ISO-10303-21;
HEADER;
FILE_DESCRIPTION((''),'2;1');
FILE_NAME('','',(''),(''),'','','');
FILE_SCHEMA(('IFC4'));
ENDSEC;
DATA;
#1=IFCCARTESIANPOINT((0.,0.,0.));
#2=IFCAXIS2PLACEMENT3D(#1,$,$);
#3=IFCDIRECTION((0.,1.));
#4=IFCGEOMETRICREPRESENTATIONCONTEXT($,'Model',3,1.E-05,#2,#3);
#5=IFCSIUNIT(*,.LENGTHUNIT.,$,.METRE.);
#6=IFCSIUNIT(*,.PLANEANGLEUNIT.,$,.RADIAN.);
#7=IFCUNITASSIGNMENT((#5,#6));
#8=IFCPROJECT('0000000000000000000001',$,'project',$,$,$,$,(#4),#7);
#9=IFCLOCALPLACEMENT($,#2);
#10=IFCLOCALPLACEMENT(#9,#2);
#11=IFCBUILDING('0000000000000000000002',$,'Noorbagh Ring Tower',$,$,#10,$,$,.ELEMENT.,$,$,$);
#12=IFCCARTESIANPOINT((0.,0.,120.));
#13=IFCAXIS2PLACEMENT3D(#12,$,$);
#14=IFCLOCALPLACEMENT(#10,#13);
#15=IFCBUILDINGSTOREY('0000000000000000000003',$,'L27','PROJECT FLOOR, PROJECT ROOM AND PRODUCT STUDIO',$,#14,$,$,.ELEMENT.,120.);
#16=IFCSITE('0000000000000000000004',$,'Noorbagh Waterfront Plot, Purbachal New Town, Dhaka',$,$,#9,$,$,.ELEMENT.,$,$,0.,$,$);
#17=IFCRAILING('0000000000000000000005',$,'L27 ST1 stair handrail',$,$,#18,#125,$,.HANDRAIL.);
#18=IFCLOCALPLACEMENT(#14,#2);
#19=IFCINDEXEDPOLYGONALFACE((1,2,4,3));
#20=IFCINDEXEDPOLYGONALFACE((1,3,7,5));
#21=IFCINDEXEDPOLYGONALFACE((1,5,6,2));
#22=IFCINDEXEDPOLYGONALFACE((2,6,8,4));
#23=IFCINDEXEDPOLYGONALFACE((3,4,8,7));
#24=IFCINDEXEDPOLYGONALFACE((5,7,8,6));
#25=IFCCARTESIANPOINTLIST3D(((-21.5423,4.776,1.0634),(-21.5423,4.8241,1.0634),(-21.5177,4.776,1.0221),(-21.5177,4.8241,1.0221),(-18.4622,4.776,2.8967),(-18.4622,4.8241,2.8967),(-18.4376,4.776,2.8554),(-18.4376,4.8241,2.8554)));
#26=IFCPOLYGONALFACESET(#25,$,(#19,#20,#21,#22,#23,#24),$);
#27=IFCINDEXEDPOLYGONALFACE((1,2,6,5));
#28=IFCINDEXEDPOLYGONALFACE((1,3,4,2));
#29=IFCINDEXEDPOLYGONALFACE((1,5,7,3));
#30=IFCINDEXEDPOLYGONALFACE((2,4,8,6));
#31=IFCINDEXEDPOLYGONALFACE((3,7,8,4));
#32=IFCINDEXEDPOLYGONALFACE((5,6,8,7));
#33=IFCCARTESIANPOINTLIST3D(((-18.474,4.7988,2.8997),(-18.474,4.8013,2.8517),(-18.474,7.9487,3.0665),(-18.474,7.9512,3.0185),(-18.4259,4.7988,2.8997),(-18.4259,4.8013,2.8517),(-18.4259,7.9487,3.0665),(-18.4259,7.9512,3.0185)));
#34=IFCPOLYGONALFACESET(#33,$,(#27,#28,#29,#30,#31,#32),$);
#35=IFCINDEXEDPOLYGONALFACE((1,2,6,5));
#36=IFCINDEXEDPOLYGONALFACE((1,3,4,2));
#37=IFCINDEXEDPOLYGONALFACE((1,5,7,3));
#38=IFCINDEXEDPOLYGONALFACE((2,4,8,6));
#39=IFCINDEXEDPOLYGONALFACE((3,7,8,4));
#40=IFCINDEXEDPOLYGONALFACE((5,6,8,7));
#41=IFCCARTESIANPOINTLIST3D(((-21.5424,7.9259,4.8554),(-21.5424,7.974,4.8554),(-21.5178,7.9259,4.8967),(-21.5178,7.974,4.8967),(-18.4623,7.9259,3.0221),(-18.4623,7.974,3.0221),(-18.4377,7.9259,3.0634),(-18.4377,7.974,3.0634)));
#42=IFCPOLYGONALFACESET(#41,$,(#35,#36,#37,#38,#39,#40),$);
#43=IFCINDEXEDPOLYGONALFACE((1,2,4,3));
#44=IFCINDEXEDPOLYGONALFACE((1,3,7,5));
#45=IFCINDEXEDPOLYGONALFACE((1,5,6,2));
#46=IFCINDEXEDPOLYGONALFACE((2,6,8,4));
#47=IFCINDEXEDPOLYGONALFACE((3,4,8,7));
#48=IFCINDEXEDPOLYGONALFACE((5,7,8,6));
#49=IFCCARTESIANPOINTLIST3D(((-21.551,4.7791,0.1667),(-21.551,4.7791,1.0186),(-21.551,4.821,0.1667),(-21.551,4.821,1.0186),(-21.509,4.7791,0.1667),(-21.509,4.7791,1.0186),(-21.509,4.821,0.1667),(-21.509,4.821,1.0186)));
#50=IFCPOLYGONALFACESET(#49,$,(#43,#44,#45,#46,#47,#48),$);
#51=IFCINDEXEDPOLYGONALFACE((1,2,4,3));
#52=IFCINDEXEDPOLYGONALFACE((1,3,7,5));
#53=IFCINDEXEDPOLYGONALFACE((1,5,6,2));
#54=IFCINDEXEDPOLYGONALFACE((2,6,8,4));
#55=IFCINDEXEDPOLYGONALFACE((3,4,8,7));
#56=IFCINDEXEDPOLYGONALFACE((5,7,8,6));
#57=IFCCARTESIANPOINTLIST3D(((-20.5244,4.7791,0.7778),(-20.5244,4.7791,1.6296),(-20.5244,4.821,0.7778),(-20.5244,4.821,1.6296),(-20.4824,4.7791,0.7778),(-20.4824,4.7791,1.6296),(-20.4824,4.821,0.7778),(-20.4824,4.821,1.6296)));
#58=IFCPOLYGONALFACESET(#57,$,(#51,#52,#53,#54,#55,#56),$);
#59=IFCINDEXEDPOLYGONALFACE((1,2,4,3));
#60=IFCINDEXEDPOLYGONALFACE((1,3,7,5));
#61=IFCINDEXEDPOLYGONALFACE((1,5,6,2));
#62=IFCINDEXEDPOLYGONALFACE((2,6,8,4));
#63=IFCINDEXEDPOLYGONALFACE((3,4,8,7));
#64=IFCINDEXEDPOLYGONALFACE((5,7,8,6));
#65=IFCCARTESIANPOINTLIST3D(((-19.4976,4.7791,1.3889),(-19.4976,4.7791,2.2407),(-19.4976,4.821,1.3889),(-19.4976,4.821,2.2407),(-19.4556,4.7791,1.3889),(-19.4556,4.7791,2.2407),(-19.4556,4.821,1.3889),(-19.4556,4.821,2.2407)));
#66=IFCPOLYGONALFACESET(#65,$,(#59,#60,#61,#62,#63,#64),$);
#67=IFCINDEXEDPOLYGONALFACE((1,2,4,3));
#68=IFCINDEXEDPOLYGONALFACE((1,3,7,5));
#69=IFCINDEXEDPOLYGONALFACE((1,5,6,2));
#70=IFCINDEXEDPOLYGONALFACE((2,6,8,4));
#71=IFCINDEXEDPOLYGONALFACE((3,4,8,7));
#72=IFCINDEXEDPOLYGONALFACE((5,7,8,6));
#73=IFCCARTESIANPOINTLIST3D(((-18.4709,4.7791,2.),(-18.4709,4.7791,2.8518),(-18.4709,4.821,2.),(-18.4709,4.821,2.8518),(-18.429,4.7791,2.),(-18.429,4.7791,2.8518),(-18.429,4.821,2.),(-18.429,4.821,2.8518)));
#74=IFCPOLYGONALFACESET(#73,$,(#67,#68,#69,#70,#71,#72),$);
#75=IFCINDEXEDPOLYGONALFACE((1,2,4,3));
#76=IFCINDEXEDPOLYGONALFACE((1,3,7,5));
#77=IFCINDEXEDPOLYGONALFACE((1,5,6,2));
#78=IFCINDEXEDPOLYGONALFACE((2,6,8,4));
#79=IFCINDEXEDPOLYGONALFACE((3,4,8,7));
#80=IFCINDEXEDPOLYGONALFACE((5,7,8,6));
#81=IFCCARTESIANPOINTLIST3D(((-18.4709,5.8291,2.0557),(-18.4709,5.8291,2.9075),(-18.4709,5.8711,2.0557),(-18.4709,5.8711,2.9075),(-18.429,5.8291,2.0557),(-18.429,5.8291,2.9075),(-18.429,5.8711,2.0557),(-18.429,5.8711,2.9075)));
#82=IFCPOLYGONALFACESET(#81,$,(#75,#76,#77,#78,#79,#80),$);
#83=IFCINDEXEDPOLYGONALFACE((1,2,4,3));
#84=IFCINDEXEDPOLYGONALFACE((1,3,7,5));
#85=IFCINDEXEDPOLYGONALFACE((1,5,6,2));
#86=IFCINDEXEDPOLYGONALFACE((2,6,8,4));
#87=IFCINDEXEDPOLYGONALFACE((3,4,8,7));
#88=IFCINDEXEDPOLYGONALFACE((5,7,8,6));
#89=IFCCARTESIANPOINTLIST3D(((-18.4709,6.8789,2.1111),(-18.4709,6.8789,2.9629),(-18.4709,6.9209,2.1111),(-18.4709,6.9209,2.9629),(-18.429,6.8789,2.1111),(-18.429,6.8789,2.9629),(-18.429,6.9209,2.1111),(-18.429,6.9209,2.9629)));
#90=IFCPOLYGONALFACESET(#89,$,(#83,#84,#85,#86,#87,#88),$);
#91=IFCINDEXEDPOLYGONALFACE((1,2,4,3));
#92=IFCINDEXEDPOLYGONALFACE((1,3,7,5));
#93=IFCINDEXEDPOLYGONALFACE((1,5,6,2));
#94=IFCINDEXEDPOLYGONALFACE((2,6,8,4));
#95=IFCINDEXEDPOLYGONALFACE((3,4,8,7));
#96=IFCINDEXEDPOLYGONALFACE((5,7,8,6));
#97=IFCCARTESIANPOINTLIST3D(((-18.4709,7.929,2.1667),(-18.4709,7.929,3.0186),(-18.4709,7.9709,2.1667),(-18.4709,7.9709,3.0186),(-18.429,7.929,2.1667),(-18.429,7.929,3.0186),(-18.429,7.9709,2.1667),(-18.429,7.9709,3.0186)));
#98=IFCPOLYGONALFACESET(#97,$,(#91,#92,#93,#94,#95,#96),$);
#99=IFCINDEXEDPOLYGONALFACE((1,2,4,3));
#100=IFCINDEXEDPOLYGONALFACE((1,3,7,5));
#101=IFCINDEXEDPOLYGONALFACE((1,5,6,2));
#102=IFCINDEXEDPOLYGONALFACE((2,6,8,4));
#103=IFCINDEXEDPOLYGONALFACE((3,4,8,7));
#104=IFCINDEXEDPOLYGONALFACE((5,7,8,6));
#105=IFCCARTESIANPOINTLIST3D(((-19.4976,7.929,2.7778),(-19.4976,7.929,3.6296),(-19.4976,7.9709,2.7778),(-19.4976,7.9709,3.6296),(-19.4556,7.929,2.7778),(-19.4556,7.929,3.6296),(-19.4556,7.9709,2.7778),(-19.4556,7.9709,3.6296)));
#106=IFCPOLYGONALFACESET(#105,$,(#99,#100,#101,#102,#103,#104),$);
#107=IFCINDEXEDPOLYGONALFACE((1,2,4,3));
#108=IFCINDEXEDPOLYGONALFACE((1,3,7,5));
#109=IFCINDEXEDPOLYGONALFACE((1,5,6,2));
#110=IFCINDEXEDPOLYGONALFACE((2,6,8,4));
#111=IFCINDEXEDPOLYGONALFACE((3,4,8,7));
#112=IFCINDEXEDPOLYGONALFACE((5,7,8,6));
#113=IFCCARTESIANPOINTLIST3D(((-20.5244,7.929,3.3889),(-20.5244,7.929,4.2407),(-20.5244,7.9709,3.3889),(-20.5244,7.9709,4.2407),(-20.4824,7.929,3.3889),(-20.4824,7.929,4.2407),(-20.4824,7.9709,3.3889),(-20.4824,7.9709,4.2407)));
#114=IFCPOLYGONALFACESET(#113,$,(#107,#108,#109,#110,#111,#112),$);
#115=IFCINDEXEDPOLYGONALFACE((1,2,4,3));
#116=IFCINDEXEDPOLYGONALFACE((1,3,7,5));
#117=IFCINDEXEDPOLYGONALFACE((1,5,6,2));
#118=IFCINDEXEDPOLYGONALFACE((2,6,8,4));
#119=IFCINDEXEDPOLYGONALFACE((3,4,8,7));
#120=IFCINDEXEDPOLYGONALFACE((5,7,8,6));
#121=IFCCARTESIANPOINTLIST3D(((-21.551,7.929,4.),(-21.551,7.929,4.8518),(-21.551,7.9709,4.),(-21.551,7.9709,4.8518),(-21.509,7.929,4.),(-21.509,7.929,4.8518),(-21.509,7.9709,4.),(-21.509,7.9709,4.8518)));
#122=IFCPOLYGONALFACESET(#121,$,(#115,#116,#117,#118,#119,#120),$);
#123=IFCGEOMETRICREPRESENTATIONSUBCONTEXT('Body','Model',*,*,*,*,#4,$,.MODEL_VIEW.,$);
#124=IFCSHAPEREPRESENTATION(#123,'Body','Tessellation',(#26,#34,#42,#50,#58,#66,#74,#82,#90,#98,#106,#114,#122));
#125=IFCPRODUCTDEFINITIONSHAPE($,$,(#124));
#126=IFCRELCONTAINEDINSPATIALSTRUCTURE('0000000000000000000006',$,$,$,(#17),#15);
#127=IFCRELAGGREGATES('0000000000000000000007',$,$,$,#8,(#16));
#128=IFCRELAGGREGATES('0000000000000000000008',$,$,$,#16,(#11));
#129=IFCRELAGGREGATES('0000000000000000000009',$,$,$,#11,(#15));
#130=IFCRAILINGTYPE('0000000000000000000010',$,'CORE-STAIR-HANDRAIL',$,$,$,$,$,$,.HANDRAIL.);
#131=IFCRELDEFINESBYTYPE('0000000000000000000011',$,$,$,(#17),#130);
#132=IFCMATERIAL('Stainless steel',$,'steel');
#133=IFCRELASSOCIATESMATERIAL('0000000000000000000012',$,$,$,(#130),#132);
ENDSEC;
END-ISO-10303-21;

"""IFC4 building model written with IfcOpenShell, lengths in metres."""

from ifc_helpers import new_model, si_unit, direction, frame, origin, origin_2d, place, context, subcontext, project, spatial, rectangle, extrude, material, type_object, element, save


model = new_model("IFC4")

# Units and contexts
model_context = context("Model", 3, precision=1e-05, world=origin(), true_north=direction((0.0, 1.0)))
body_context = subcontext(model_context, "Body", "Model", "MODEL_VIEW")
ifc_project = project(units=[si_unit("LENGTHUNIT", "METRE"), si_unit("PLANEANGLEUNIT", "RADIAN")], contexts=[model_context])

# Site, building, storey
site_placement = place(None, origin())
site = spatial("IfcSite", under=ifc_project, at=site_placement, Name="Noorbagh Waterfront Plot, Purbachal New Town, Dhaka", CompositionType="ELEMENT", RefElevation=0.0)
building_placement = place(site_placement, origin())
building = spatial("IfcBuilding", under=site, at=building_placement, Name="Noorbagh Ring Tower", CompositionType="ELEMENT")
storey_placement = place(building_placement, frame((0.0, 0.0, 120.0)))
storey = spatial("IfcBuildingStorey", under=building, at=storey_placement, Name="L27", Description="PROJECT FLOOR, PROJECT ROOM AND PRODUCT STUDIO", CompositionType="ELEMENT", Elevation=120.0)

# Railing
ifc_material_1 = material(Name="Stainless steel", Category="steel")
railing_type_1 = type_object("IfcRailingType", Name="CORE-STAIR-HANDRAIL", PredefinedType="HANDRAIL", material=ifc_material_1)
railing_1_placement = place(storey_placement, frame((-21.53, 4.8, 0.1667)))
element("IfcRailing", 1, at=railing_1_placement, inside=storey, type_object=railing_type_1, Name="L27 ST1 stair handrail", PredefinedType="HANDRAIL", context=body_context, shape_type="SweptSolid", body=[
    extrude(rectangle(XDim=0.0481, YDim=0.0481, at=origin_2d()), frame((0.0, 0.0, 0.876), z_axis=(0.859309, 0.0, 0.511458), x_axis=(0.0, 1.0, 0.0)), (0.0, 0.0, 1.0), 3.5845),
    extrude(rectangle(XDim=0.0481, YDim=0.0481, at=origin_2d()), frame((3.0801, 0.0, 2.709), z_axis=(0.0, 0.998602, 0.052864), x_axis=(-1.0, 0.0, 0.0)), (0.0, 0.0, 1.0), 3.1543),
    extrude(rectangle(XDim=0.0481, YDim=0.0481, at=origin_2d()), frame((3.0801, 3.1499, 2.876), z_axis=(-0.859309, 0.0, 0.511458), x_axis=(0.0, -1.0, 0.0)), (0.0, 0.0, 1.0), 3.5845),
    extrude(rectangle(XDim=0.042, YDim=0.042, at=origin_2d()), origin(), (0.0, 0.0, 1.0), 0.8518),
    extrude(rectangle(XDim=0.042, YDim=0.042, at=origin_2d()), frame((1.0266, 0.0, 0.6111)), (0.0, 0.0, 1.0), 0.8518),
    extrude(rectangle(XDim=0.042, YDim=0.042, at=origin_2d()), frame((2.0535, 0.0, 1.2222)), (0.0, 0.0, 1.0), 0.8518),
    extrude(rectangle(XDim=0.042, YDim=0.042, at=origin_2d()), frame((3.0801, 0.0, 1.8333)), (0.0, 0.0, 1.0), 0.8518),
    extrude(rectangle(XDim=0.042, YDim=0.042, at=origin_2d()), frame((3.0801, 1.05, 1.8889)), (0.0, 0.0, 1.0), 0.8518),
    extrude(rectangle(XDim=0.042, YDim=0.042, at=origin_2d()), frame((3.0801, 2.0999, 1.9443)), (0.0, 0.0, 1.0), 0.8518),
    extrude(rectangle(XDim=0.042, YDim=0.042, at=origin_2d()), frame((3.0801, 3.1499, 2.0)), (0.0, 0.0, 1.0), 0.8518),
    extrude(rectangle(XDim=0.042, YDim=0.042, at=origin_2d()), frame((2.0535, 3.1499, 2.6111)), (0.0, 0.0, 1.0), 0.8518),
    extrude(rectangle(XDim=0.042, YDim=0.042, at=origin_2d()), frame((1.0266, 3.1499, 3.2222)), (0.0, 0.0, 1.0), 0.8518),
    extrude(rectangle(XDim=0.042, YDim=0.042, at=origin_2d()), frame((0.0, 3.1499, 3.8333)), (0.0, 0.0, 1.0), 0.8518),
])

save(model, "model.ifc")
